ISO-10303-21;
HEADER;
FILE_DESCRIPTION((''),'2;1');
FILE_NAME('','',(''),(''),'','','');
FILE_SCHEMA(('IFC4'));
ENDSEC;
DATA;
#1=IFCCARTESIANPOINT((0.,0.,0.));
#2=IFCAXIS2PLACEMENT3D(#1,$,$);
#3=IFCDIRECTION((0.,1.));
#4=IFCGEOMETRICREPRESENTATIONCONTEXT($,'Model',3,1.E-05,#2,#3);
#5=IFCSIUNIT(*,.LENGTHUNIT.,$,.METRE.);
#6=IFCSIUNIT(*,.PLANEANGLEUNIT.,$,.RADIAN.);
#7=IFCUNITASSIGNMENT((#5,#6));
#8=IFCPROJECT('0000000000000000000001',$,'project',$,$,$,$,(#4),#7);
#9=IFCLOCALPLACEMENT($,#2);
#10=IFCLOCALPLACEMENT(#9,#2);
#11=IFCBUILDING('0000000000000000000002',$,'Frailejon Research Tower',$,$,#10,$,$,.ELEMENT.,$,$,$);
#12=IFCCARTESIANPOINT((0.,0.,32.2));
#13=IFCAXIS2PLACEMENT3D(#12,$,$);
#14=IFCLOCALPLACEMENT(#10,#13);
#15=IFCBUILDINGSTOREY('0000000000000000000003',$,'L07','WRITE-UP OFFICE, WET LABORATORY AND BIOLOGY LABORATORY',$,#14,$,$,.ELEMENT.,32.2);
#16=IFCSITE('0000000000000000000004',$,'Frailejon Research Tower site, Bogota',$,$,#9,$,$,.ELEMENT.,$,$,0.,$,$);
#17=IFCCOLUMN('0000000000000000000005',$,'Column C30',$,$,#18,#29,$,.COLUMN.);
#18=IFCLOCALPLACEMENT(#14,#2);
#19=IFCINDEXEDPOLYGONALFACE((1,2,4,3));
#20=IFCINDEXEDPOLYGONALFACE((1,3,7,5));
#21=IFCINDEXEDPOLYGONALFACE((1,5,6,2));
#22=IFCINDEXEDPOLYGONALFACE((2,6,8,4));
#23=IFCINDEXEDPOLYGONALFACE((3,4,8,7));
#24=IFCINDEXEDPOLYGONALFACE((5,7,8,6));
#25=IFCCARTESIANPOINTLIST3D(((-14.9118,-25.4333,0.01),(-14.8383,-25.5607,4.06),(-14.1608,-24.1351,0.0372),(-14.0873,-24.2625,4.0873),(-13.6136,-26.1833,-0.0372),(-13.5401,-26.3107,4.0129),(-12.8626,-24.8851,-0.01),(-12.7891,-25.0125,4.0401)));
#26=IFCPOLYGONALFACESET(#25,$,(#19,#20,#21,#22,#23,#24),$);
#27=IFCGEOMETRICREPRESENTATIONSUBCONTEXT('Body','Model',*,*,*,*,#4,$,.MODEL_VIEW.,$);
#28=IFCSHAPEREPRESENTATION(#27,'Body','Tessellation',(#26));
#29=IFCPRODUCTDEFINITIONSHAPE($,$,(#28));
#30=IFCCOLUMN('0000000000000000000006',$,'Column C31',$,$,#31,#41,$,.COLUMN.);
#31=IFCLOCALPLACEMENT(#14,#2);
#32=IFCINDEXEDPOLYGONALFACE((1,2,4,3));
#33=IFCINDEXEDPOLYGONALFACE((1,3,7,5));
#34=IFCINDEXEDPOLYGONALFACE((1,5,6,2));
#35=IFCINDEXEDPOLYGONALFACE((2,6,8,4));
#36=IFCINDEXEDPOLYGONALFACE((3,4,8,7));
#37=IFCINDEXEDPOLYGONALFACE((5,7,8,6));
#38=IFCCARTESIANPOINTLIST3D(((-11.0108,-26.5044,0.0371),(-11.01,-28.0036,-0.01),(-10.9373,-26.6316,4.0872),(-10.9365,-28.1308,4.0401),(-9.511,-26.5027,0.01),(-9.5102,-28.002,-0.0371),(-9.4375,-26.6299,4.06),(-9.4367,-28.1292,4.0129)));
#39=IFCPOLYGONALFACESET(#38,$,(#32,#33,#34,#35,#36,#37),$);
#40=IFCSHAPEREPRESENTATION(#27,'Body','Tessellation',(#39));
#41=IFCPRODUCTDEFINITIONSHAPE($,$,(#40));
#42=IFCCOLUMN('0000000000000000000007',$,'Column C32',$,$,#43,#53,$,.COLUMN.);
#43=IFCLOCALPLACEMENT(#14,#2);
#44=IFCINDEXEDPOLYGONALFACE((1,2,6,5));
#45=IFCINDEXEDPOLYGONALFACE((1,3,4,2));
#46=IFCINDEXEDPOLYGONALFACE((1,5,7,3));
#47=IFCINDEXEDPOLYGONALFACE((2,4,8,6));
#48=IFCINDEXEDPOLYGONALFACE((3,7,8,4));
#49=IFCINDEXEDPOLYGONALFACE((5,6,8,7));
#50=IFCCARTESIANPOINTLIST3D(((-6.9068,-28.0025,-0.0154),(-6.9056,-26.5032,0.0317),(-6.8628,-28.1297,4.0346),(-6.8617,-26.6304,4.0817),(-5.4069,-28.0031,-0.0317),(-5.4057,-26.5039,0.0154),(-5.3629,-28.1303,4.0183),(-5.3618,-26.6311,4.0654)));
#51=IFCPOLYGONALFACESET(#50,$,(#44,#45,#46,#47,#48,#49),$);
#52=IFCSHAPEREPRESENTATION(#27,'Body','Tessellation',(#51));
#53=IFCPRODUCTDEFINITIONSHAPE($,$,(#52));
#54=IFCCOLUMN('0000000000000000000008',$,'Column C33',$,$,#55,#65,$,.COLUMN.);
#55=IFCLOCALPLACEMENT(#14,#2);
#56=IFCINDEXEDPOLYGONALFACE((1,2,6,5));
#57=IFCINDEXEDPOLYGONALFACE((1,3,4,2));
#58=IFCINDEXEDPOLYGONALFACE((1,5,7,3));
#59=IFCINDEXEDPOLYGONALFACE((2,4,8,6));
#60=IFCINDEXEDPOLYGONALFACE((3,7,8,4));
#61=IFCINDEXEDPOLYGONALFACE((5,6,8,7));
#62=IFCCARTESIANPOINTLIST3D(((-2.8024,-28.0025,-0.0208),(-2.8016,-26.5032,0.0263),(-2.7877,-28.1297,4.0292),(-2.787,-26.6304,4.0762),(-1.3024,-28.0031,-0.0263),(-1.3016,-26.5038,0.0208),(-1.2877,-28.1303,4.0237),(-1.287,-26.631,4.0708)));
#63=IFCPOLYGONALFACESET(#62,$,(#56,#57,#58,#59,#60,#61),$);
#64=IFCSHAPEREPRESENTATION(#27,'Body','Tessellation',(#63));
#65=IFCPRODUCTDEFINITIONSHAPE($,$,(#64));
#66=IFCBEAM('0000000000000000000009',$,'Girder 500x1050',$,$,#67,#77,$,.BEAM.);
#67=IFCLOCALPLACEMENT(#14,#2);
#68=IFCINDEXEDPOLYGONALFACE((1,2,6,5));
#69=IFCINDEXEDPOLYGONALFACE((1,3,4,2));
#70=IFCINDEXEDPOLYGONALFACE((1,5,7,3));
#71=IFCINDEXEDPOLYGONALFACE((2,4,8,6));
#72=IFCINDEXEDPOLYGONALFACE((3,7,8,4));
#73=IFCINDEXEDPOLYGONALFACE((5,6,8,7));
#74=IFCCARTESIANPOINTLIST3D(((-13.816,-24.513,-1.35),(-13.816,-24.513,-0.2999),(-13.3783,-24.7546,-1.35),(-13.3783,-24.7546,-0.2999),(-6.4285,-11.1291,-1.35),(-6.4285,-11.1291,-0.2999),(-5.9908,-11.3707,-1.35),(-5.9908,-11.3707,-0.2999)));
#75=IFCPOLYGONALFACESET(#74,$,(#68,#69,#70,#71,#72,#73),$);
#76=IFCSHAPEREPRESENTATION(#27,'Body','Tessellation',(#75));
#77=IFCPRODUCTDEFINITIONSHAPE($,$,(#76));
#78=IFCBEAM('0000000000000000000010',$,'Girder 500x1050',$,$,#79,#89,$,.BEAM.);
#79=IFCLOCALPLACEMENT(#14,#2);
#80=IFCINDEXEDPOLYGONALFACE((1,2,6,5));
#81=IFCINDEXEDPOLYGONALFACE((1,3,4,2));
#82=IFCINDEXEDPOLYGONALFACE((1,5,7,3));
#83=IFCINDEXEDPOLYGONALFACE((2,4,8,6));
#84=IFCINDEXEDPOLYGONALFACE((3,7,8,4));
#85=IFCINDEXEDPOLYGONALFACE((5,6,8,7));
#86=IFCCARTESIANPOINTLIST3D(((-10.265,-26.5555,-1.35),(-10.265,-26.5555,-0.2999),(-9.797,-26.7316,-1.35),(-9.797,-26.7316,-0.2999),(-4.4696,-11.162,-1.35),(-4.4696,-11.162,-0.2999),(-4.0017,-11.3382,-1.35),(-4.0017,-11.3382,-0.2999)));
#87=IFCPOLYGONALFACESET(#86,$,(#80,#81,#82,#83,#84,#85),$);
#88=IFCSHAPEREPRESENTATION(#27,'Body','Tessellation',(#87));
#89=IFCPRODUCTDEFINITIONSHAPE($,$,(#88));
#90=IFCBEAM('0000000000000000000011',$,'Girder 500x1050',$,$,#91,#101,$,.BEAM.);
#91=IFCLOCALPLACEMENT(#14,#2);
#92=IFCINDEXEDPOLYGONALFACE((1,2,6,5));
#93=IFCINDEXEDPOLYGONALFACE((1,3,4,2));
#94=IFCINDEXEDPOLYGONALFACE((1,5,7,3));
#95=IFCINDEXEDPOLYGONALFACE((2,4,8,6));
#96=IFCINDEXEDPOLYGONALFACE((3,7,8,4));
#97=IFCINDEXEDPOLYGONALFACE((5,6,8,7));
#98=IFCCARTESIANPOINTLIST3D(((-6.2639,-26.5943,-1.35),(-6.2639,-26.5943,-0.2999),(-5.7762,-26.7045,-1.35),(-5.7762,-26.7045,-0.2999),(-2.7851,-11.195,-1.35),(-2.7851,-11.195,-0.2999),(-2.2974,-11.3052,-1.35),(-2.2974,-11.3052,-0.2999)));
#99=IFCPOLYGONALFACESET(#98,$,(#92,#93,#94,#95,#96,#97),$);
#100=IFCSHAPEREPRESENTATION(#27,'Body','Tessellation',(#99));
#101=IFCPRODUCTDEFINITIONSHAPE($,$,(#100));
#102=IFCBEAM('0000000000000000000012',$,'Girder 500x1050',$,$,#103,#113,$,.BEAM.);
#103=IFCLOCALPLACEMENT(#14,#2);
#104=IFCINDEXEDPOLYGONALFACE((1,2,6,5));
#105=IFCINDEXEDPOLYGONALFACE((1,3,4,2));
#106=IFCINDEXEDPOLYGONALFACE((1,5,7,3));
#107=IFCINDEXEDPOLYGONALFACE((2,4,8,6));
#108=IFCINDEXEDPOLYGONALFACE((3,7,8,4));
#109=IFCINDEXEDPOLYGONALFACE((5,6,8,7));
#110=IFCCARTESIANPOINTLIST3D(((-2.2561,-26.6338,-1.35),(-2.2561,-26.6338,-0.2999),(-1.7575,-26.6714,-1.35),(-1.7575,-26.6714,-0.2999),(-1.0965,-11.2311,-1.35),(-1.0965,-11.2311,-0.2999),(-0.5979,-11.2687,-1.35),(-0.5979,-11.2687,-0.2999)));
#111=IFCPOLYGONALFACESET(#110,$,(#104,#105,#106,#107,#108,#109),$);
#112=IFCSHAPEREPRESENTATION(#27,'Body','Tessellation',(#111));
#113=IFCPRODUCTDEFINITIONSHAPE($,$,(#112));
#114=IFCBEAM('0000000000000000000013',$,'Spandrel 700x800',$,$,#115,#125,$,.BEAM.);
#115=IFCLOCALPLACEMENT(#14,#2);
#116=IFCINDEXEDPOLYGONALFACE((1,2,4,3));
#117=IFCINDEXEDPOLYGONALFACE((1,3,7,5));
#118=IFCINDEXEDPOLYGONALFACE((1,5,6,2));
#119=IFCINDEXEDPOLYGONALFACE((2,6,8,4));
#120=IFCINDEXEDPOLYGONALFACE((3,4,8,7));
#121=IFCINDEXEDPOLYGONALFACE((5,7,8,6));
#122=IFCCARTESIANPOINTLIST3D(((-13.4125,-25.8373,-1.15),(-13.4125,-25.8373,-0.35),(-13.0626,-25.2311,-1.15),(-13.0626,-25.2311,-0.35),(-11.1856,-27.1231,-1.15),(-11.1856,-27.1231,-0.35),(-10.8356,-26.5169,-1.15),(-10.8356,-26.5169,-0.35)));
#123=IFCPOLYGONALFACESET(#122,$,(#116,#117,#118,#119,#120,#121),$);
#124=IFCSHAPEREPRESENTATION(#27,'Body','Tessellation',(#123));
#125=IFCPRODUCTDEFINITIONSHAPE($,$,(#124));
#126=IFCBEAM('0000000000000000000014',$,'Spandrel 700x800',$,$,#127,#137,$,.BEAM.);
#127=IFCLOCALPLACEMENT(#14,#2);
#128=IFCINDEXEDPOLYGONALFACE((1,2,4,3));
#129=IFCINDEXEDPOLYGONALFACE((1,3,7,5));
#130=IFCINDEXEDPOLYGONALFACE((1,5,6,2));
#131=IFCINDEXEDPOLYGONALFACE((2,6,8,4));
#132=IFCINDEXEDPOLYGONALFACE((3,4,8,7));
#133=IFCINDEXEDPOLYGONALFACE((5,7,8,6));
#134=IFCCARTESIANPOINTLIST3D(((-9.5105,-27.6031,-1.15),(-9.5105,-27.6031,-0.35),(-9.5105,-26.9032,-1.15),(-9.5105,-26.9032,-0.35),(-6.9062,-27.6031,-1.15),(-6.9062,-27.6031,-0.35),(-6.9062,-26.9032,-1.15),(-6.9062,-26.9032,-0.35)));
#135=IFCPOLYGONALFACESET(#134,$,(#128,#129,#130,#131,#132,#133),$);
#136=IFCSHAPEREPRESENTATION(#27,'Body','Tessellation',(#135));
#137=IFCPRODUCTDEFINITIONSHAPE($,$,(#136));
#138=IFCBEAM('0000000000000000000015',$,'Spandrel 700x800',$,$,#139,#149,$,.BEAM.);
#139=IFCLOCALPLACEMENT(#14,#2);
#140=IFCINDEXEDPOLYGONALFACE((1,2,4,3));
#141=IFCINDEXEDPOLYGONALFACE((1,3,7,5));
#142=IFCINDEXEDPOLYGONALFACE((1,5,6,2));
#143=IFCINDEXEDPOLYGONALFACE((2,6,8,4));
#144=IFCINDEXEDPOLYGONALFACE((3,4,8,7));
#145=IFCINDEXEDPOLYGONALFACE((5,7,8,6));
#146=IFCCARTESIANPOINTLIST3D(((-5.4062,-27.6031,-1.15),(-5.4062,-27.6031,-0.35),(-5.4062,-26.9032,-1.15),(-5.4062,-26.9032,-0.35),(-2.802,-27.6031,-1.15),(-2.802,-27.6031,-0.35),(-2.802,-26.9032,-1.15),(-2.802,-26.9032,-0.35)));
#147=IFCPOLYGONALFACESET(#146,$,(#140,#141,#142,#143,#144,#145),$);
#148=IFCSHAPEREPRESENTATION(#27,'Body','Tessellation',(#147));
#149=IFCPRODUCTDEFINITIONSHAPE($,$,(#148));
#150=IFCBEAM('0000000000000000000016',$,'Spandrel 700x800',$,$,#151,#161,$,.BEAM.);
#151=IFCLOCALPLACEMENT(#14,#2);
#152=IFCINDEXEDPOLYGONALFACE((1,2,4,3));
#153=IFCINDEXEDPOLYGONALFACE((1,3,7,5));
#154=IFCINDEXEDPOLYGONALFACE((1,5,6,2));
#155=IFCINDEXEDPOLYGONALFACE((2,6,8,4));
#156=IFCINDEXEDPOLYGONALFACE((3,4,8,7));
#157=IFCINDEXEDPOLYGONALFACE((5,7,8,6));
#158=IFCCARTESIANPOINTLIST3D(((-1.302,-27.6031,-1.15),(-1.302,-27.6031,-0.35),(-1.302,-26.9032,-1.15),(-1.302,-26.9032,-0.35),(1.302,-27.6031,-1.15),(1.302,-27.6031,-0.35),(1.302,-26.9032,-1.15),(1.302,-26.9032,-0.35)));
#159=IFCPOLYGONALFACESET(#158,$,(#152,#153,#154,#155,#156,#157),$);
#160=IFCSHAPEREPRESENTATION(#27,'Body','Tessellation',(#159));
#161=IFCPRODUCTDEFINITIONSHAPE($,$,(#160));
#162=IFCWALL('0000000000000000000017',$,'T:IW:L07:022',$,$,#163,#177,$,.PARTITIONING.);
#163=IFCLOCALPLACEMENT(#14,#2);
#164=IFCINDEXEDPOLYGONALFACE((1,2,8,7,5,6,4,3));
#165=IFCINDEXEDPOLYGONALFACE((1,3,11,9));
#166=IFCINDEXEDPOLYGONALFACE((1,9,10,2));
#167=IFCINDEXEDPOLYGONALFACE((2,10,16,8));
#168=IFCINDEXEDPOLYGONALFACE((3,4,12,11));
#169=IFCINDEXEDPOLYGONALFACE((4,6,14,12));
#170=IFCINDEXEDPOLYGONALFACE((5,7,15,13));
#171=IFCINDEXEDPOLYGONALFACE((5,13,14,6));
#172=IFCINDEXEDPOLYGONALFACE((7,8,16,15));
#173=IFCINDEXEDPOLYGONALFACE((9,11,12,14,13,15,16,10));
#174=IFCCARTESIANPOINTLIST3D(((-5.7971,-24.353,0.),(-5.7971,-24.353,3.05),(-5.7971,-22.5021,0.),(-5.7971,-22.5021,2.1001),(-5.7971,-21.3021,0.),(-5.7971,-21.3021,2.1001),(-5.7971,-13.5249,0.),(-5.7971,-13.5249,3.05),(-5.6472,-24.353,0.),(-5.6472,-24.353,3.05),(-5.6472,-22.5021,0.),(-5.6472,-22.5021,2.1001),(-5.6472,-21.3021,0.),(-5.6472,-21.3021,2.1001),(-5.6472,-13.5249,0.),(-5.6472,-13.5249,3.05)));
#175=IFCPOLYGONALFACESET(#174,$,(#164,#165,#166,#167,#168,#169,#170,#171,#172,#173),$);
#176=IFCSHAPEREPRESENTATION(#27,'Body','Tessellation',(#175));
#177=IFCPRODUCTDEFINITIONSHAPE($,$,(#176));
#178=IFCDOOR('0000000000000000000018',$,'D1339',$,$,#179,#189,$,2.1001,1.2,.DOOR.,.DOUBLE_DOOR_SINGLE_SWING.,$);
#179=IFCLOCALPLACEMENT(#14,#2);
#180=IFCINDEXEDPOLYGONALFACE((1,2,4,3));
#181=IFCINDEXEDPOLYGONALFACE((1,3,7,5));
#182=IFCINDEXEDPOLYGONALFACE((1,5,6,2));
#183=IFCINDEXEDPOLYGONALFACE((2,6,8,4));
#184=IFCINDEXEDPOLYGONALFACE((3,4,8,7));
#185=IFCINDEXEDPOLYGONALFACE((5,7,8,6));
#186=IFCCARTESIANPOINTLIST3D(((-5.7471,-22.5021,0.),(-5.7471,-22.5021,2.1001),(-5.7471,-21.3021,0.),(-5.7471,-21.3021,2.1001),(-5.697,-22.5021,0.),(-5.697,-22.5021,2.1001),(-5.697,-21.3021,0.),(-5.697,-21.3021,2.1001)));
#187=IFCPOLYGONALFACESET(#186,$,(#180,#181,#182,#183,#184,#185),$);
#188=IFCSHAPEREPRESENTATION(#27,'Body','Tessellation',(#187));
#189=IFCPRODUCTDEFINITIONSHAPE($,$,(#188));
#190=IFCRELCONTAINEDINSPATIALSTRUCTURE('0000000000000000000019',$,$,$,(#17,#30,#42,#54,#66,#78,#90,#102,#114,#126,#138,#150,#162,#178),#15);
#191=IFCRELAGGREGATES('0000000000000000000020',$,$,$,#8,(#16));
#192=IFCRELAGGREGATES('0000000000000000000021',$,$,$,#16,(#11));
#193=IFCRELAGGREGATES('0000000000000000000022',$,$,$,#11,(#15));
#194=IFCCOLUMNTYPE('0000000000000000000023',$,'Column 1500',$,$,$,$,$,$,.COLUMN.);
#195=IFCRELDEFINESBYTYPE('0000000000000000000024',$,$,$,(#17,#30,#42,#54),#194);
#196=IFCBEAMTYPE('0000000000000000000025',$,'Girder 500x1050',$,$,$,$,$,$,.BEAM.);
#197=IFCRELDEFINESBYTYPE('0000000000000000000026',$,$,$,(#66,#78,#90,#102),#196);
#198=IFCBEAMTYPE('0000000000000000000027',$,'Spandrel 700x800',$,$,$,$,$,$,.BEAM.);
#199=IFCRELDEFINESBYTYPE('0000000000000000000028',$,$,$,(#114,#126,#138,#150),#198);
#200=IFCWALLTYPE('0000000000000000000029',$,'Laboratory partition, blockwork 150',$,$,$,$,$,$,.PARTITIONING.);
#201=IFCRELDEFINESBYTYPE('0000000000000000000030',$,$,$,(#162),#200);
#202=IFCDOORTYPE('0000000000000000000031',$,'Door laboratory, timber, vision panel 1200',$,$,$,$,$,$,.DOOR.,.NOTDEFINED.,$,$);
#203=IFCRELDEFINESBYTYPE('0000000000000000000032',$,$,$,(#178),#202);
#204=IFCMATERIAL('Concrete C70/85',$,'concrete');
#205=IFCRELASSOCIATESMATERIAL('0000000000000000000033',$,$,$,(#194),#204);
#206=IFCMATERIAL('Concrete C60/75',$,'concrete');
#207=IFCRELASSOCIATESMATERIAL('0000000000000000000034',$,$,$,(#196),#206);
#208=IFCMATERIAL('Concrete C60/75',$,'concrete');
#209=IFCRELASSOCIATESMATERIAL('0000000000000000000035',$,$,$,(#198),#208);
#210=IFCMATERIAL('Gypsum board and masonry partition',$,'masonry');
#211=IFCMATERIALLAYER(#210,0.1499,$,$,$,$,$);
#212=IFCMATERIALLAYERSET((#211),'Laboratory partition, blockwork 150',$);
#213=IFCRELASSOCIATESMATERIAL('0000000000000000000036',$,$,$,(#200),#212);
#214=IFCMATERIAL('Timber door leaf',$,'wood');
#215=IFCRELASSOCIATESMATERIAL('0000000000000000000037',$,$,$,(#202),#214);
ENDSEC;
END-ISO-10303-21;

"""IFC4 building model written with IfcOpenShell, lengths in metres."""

from ifc_helpers import new_model, si_unit, direction, frame, frame_2d, origin, origin_2d, place, context, subcontext, project, spatial, rectangle, extrude, material, layer, layer_set, material_profile, profile_set, type_object, element, fill, save


model = new_model("IFC4")

# Units and contexts
model_context = context("Model", 3, precision=1e-05, world=origin(), true_north=direction((0.0, 1.0)))
body_context = subcontext(model_context, "Body", "Model", "MODEL_VIEW")
ifc_project = project(units=[si_unit("LENGTHUNIT", "METRE"), si_unit("PLANEANGLEUNIT", "RADIAN")], contexts=[model_context])

# Site, building, storey
site_placement = place(None, origin())
site = spatial("IfcSite", under=ifc_project, at=site_placement, Name="Frailejon Research Tower site, Bogota", CompositionType="ELEMENT", RefElevation=0.0)
building_placement = place(site_placement, origin())
building = spatial("IfcBuilding", under=site, at=building_placement, Name="Frailejon Research Tower", CompositionType="ELEMENT")
storey_placement = place(building_placement, frame((0.0, 0.0, 32.2)))
storey = spatial("IfcBuildingStorey", under=building, at=storey_placement, Name="L07", Description="WRITE-UP OFFICE, WET LABORATORY AND BIOLOGY LABORATORY", CompositionType="ELEMENT", Elevation=32.2)

# Columns
ifc_material_1 = material(Name="Concrete C70/85", Category="concrete")
ifc_material_profile_1 = material_profile(ifc_material_1, rectangle(XDim=1.5, YDim=1.5, at=origin_2d()), Name="Column 1500")
ifc_profile_set_1 = profile_set([ifc_material_profile_1], Name="Concrete C70/85")
column_type = type_object("IfcColumnType", Name="Column 1500", PredefinedType="COLUMN", material=ifc_profile_set_1)
for number, where, z_axis, x_axis, name in (
    (1, (-13.8872, -25.1592, 0.0), (0.018133, -0.031446, 0.999341), (0.865469, -0.499975, -0.031436), "Column C30"),
    (2, (-10.2605, -27.2532, 0.0), (0.018133, -0.031386, 0.999343), (0.999835, 0.001116, -0.018107), "Column C31"),
):
    element("IfcColumn", number, at=place(storey_placement, frame(where, z_axis=z_axis, x_axis=x_axis)), inside=storey, type_object=column_type, Name=name, PredefinedType="COLUMN", context=body_context, shape_type="SweptSolid", body=[
        extrude(rectangle(XDim=1.5, YDim=1.5, at=origin_2d()), origin(), (0.0, 0.0, 1.0), 4.0527),
    ])
column_1_placement = place(storey_placement, frame((-6.1562, -27.2532, 0.0), z_axis=(0.010845, -0.031389, 0.999448), x_axis=(0.999941, -0.000427, -0.010863)))
element("IfcColumn", 3, at=column_1_placement, inside=storey, type_object=column_type, Name="Column C32", PredefinedType="COLUMN", context=body_context, shape_type="SweptSolid", body=[
    extrude(rectangle(XDim=1.5, YDim=1.5, at=origin_2d()), origin(), (0.0, 0.0, 1.0), 4.0522),
])
column_2_placement = place(storey_placement, frame((-2.052, -27.2532, 0.0), z_axis=(0.003615, -0.031391, 0.999501), x_axis=(0.999993, -0.000407, -0.00363)))
element("IfcColumn", 4, at=column_2_placement, inside=storey, type_object=column_type, Name="Column C33", PredefinedType="COLUMN", context=body_context, shape_type="SweptSolid", body=[
    extrude(rectangle(XDim=1.5, YDim=1.5, at=origin_2d()), origin(), (0.0, 0.0, 1.0), 4.052),
])

# Beams
ifc_material_2 = material(Name="Concrete C60/75", Category="concrete")
ifc_material_profile_2 = material_profile(ifc_material_2, rectangle(XDim=0.5, YDim=1.05, at=origin_2d()), Name="Girder 500x1050")
ifc_profile_set_2 = profile_set([ifc_material_profile_2], Name="Concrete C60/75")
beam_type_1 = type_object("IfcBeamType", Name="Girder 500x1050", PredefinedType="BEAM", material=ifc_profile_set_2)
beam_1_placement = place(storey_placement, frame((-13.5972, -24.6338, -0.825), z_axis=(0.483242, 0.875487, 0.0), x_axis=(-0.875487, 0.483242, 0.0)))
element("IfcBeam", 5, at=beam_1_placement, inside=storey, type_object=beam_type_1, Name="Girder 500x1050", PredefinedType="BEAM", context=body_context, shape_type="SweptSolid", body=[
    extrude(rectangle(XDim=0.5, YDim=1.05, at=origin_2d()), origin(), (0.0, 0.0, 1.0), 15.2874),
])
beam_2_placement = place(storey_placement, frame((-10.031, -26.6436, -0.825), z_axis=(0.35234, 0.935872, 0.0), x_axis=(-0.935872, 0.35234, 0.0)))
element("IfcBeam", 6, at=beam_2_placement, inside=storey, type_object=beam_type_1, Name="Girder 500x1050", PredefinedType="BEAM", context=body_context, shape_type="SweptSolid", body=[
    extrude(rectangle(XDim=0.5, YDim=1.05, at=origin_2d()), origin(), (0.0, 0.0, 1.0), 16.4482),
])
beam_3_placement = place(storey_placement, frame((-6.02, -26.6494, -0.825), z_axis=(0.22035, 0.975421, 0.0), x_axis=(-0.975421, 0.22035, 0.0)))
element("IfcBeam", 7, at=beam_3_placement, inside=storey, type_object=beam_type_1, Name="Girder 500x1050", PredefinedType="BEAM", context=body_context, shape_type="SweptSolid", body=[
    extrude(rectangle(XDim=0.5, YDim=1.05, at=origin_2d()), origin(), (0.0, 0.0, 1.0), 15.7874),
])
beam_4_placement = place(storey_placement, frame((-2.0068, -26.6526, -0.825), z_axis=(0.075078, 0.997178, 0.0), x_axis=(-0.997178, 0.075078, 0.0)))
element("IfcBeam", 8, at=beam_4_placement, inside=storey, type_object=beam_type_1, Name="Girder 500x1050", PredefinedType="BEAM", context=body_context, shape_type="SweptSolid", body=[
    extrude(rectangle(XDim=0.5, YDim=1.05, at=origin_2d()), origin(), (0.0, 0.0, 1.0), 15.4463),
])
ifc_material_3 = material(Name="Concrete C60/75", Category="concrete")
ifc_material_profile_3 = material_profile(ifc_material_3, rectangle(XDim=0.7, YDim=0.8, at=origin_2d()), Name="Spandrel 700x800")
ifc_profile_set_3 = profile_set([ifc_material_profile_3], Name="Concrete C60/75")
beam_type_2 = type_object("IfcBeamType", Name="Spandrel 700x800", PredefinedType="BEAM", material=ifc_profile_set_3)
beam_5_placement = place(storey_placement, frame((-13.2375, -25.5342, -0.75), z_axis=(0.866009, -0.500029, 0.0), x_axis=(0.500029, 0.866009, 0.0)))
element("IfcBeam", 9, at=beam_5_placement, inside=storey, type_object=beam_type_2, Name="Spandrel 700x800", PredefinedType="BEAM", context=body_context, shape_type="SweptSolid", body=[
    extrude(rectangle(XDim=0.7, YDim=0.8, at=origin_2d()), origin(), (0.0, 0.0, 1.0), 2.5715),
])
for number, where, z_axis, x_axis, name in (
    (10, (-9.5105, -27.2532, -0.75), (1.0, 0.0, 0.0), (0.0, 1.0, 0.0), "Spandrel 700x800"),
    (11, (-5.4062, -27.2532, -0.75), (1.0, 0.0, 0.0), (0.0, 1.0, 0.0), "Spandrel 700x800"),
):
    element("IfcBeam", number, at=place(storey_placement, frame(where, z_axis=z_axis, x_axis=x_axis)), inside=storey, type_object=beam_type_2, Name=name, PredefinedType="BEAM", context=body_context, shape_type="SweptSolid", body=[
        extrude(rectangle(XDim=0.7, YDim=0.8, at=origin_2d()), origin(), (0.0, 0.0, 1.0), 2.6042),
    ])
beam_6_placement = place(storey_placement, frame((-1.302, -27.2532, -0.75), z_axis=(1.0, 0.0, 0.0), x_axis=(0.0, 1.0, 0.0)))
element("IfcBeam", 12, at=beam_6_placement, inside=storey, type_object=beam_type_2, Name="Spandrel 700x800", PredefinedType="BEAM", context=body_context, shape_type="SweptSolid", body=[
    extrude(rectangle(XDim=0.7, YDim=0.8, at=origin_2d()), origin(), (0.0, 0.0, 1.0), 2.604),
])

# Wall, opening, door
ifc_material_4 = material(Name="Gypsum board and masonry partition", Category="masonry")
ifc_layer_1 = layer(ifc_material_4, 0.1499)
ifc_layer_set_1 = layer_set([ifc_layer_1], Name="Laboratory partition, blockwork 150")
wall_type_1 = type_object("IfcWallType", Name="Laboratory partition, blockwork 150", PredefinedType="PARTITIONING", material=ifc_layer_set_1)
wall_1_placement = place(storey_placement, frame((-5.7222, -24.353, 0.0), z_axis=(0.0, 0.0, 1.0), x_axis=(0.0, 1.0, 0.0)))
wall_1 = element("IfcWall", 13, at=wall_1_placement, inside=storey, type_object=wall_type_1, Name="T:IW:L07:022", PredefinedType="PARTITIONING", context=body_context, shape_type="SweptSolid", body=[
    extrude(rectangle(XDim=10.8281, YDim=0.1499, at=frame_2d((5.4141, 0.0))), origin(), (0.0, 0.0, 1.0), 3.05),
])
opening_1_placement = place(wall_1_placement, frame((1.8508, 0.0, 0.0)))
opening_1 = element("IfcOpeningElement", 14, at=opening_1_placement, cuts=wall_1, PredefinedType="OPENING", context=body_context, shape_type="SweptSolid", body=[
    extrude(rectangle(XDim=1.2, YDim=2.1001, at=frame_2d((0.6001, 1.05))), frame((0.0, 0.085, 0.0), z_axis=(0.0, -1.0, 0.0), x_axis=(1.0, 0.0, 0.0)), (0.0, 0.0, 1.0), 0.1699),
])
ifc_material_5 = material(Name="Timber door leaf", Category="wood")
door_type_1 = type_object("IfcDoorType", Name="Door laboratory, timber, vision panel 1200", OperationType="NOTDEFINED", PredefinedType="DOOR", material=ifc_material_5)
door_1_placement = place(opening_1_placement, origin())
door_1 = element("IfcDoor", 15, at=door_1_placement, inside=storey, type_object=door_type_1, Name="D1339", OperationType="DOUBLE_DOOR_SINGLE_SWING", OverallHeight=2.1001, OverallWidth=1.2, PredefinedType="DOOR", context=body_context, shape_type="SweptSolid", body=[
    extrude(rectangle(XDim=1.2, YDim=2.1001, at=frame_2d((0.6001, 1.05))), frame((0.0, 0.0249, 0.0), z_axis=(0.0, -1.0, 0.0), x_axis=(1.0, 0.0, 0.0)), (0.0, 0.0, 1.0), 0.05),
])
fill(opening_1, door_1)

save(model, "model.ifc")
